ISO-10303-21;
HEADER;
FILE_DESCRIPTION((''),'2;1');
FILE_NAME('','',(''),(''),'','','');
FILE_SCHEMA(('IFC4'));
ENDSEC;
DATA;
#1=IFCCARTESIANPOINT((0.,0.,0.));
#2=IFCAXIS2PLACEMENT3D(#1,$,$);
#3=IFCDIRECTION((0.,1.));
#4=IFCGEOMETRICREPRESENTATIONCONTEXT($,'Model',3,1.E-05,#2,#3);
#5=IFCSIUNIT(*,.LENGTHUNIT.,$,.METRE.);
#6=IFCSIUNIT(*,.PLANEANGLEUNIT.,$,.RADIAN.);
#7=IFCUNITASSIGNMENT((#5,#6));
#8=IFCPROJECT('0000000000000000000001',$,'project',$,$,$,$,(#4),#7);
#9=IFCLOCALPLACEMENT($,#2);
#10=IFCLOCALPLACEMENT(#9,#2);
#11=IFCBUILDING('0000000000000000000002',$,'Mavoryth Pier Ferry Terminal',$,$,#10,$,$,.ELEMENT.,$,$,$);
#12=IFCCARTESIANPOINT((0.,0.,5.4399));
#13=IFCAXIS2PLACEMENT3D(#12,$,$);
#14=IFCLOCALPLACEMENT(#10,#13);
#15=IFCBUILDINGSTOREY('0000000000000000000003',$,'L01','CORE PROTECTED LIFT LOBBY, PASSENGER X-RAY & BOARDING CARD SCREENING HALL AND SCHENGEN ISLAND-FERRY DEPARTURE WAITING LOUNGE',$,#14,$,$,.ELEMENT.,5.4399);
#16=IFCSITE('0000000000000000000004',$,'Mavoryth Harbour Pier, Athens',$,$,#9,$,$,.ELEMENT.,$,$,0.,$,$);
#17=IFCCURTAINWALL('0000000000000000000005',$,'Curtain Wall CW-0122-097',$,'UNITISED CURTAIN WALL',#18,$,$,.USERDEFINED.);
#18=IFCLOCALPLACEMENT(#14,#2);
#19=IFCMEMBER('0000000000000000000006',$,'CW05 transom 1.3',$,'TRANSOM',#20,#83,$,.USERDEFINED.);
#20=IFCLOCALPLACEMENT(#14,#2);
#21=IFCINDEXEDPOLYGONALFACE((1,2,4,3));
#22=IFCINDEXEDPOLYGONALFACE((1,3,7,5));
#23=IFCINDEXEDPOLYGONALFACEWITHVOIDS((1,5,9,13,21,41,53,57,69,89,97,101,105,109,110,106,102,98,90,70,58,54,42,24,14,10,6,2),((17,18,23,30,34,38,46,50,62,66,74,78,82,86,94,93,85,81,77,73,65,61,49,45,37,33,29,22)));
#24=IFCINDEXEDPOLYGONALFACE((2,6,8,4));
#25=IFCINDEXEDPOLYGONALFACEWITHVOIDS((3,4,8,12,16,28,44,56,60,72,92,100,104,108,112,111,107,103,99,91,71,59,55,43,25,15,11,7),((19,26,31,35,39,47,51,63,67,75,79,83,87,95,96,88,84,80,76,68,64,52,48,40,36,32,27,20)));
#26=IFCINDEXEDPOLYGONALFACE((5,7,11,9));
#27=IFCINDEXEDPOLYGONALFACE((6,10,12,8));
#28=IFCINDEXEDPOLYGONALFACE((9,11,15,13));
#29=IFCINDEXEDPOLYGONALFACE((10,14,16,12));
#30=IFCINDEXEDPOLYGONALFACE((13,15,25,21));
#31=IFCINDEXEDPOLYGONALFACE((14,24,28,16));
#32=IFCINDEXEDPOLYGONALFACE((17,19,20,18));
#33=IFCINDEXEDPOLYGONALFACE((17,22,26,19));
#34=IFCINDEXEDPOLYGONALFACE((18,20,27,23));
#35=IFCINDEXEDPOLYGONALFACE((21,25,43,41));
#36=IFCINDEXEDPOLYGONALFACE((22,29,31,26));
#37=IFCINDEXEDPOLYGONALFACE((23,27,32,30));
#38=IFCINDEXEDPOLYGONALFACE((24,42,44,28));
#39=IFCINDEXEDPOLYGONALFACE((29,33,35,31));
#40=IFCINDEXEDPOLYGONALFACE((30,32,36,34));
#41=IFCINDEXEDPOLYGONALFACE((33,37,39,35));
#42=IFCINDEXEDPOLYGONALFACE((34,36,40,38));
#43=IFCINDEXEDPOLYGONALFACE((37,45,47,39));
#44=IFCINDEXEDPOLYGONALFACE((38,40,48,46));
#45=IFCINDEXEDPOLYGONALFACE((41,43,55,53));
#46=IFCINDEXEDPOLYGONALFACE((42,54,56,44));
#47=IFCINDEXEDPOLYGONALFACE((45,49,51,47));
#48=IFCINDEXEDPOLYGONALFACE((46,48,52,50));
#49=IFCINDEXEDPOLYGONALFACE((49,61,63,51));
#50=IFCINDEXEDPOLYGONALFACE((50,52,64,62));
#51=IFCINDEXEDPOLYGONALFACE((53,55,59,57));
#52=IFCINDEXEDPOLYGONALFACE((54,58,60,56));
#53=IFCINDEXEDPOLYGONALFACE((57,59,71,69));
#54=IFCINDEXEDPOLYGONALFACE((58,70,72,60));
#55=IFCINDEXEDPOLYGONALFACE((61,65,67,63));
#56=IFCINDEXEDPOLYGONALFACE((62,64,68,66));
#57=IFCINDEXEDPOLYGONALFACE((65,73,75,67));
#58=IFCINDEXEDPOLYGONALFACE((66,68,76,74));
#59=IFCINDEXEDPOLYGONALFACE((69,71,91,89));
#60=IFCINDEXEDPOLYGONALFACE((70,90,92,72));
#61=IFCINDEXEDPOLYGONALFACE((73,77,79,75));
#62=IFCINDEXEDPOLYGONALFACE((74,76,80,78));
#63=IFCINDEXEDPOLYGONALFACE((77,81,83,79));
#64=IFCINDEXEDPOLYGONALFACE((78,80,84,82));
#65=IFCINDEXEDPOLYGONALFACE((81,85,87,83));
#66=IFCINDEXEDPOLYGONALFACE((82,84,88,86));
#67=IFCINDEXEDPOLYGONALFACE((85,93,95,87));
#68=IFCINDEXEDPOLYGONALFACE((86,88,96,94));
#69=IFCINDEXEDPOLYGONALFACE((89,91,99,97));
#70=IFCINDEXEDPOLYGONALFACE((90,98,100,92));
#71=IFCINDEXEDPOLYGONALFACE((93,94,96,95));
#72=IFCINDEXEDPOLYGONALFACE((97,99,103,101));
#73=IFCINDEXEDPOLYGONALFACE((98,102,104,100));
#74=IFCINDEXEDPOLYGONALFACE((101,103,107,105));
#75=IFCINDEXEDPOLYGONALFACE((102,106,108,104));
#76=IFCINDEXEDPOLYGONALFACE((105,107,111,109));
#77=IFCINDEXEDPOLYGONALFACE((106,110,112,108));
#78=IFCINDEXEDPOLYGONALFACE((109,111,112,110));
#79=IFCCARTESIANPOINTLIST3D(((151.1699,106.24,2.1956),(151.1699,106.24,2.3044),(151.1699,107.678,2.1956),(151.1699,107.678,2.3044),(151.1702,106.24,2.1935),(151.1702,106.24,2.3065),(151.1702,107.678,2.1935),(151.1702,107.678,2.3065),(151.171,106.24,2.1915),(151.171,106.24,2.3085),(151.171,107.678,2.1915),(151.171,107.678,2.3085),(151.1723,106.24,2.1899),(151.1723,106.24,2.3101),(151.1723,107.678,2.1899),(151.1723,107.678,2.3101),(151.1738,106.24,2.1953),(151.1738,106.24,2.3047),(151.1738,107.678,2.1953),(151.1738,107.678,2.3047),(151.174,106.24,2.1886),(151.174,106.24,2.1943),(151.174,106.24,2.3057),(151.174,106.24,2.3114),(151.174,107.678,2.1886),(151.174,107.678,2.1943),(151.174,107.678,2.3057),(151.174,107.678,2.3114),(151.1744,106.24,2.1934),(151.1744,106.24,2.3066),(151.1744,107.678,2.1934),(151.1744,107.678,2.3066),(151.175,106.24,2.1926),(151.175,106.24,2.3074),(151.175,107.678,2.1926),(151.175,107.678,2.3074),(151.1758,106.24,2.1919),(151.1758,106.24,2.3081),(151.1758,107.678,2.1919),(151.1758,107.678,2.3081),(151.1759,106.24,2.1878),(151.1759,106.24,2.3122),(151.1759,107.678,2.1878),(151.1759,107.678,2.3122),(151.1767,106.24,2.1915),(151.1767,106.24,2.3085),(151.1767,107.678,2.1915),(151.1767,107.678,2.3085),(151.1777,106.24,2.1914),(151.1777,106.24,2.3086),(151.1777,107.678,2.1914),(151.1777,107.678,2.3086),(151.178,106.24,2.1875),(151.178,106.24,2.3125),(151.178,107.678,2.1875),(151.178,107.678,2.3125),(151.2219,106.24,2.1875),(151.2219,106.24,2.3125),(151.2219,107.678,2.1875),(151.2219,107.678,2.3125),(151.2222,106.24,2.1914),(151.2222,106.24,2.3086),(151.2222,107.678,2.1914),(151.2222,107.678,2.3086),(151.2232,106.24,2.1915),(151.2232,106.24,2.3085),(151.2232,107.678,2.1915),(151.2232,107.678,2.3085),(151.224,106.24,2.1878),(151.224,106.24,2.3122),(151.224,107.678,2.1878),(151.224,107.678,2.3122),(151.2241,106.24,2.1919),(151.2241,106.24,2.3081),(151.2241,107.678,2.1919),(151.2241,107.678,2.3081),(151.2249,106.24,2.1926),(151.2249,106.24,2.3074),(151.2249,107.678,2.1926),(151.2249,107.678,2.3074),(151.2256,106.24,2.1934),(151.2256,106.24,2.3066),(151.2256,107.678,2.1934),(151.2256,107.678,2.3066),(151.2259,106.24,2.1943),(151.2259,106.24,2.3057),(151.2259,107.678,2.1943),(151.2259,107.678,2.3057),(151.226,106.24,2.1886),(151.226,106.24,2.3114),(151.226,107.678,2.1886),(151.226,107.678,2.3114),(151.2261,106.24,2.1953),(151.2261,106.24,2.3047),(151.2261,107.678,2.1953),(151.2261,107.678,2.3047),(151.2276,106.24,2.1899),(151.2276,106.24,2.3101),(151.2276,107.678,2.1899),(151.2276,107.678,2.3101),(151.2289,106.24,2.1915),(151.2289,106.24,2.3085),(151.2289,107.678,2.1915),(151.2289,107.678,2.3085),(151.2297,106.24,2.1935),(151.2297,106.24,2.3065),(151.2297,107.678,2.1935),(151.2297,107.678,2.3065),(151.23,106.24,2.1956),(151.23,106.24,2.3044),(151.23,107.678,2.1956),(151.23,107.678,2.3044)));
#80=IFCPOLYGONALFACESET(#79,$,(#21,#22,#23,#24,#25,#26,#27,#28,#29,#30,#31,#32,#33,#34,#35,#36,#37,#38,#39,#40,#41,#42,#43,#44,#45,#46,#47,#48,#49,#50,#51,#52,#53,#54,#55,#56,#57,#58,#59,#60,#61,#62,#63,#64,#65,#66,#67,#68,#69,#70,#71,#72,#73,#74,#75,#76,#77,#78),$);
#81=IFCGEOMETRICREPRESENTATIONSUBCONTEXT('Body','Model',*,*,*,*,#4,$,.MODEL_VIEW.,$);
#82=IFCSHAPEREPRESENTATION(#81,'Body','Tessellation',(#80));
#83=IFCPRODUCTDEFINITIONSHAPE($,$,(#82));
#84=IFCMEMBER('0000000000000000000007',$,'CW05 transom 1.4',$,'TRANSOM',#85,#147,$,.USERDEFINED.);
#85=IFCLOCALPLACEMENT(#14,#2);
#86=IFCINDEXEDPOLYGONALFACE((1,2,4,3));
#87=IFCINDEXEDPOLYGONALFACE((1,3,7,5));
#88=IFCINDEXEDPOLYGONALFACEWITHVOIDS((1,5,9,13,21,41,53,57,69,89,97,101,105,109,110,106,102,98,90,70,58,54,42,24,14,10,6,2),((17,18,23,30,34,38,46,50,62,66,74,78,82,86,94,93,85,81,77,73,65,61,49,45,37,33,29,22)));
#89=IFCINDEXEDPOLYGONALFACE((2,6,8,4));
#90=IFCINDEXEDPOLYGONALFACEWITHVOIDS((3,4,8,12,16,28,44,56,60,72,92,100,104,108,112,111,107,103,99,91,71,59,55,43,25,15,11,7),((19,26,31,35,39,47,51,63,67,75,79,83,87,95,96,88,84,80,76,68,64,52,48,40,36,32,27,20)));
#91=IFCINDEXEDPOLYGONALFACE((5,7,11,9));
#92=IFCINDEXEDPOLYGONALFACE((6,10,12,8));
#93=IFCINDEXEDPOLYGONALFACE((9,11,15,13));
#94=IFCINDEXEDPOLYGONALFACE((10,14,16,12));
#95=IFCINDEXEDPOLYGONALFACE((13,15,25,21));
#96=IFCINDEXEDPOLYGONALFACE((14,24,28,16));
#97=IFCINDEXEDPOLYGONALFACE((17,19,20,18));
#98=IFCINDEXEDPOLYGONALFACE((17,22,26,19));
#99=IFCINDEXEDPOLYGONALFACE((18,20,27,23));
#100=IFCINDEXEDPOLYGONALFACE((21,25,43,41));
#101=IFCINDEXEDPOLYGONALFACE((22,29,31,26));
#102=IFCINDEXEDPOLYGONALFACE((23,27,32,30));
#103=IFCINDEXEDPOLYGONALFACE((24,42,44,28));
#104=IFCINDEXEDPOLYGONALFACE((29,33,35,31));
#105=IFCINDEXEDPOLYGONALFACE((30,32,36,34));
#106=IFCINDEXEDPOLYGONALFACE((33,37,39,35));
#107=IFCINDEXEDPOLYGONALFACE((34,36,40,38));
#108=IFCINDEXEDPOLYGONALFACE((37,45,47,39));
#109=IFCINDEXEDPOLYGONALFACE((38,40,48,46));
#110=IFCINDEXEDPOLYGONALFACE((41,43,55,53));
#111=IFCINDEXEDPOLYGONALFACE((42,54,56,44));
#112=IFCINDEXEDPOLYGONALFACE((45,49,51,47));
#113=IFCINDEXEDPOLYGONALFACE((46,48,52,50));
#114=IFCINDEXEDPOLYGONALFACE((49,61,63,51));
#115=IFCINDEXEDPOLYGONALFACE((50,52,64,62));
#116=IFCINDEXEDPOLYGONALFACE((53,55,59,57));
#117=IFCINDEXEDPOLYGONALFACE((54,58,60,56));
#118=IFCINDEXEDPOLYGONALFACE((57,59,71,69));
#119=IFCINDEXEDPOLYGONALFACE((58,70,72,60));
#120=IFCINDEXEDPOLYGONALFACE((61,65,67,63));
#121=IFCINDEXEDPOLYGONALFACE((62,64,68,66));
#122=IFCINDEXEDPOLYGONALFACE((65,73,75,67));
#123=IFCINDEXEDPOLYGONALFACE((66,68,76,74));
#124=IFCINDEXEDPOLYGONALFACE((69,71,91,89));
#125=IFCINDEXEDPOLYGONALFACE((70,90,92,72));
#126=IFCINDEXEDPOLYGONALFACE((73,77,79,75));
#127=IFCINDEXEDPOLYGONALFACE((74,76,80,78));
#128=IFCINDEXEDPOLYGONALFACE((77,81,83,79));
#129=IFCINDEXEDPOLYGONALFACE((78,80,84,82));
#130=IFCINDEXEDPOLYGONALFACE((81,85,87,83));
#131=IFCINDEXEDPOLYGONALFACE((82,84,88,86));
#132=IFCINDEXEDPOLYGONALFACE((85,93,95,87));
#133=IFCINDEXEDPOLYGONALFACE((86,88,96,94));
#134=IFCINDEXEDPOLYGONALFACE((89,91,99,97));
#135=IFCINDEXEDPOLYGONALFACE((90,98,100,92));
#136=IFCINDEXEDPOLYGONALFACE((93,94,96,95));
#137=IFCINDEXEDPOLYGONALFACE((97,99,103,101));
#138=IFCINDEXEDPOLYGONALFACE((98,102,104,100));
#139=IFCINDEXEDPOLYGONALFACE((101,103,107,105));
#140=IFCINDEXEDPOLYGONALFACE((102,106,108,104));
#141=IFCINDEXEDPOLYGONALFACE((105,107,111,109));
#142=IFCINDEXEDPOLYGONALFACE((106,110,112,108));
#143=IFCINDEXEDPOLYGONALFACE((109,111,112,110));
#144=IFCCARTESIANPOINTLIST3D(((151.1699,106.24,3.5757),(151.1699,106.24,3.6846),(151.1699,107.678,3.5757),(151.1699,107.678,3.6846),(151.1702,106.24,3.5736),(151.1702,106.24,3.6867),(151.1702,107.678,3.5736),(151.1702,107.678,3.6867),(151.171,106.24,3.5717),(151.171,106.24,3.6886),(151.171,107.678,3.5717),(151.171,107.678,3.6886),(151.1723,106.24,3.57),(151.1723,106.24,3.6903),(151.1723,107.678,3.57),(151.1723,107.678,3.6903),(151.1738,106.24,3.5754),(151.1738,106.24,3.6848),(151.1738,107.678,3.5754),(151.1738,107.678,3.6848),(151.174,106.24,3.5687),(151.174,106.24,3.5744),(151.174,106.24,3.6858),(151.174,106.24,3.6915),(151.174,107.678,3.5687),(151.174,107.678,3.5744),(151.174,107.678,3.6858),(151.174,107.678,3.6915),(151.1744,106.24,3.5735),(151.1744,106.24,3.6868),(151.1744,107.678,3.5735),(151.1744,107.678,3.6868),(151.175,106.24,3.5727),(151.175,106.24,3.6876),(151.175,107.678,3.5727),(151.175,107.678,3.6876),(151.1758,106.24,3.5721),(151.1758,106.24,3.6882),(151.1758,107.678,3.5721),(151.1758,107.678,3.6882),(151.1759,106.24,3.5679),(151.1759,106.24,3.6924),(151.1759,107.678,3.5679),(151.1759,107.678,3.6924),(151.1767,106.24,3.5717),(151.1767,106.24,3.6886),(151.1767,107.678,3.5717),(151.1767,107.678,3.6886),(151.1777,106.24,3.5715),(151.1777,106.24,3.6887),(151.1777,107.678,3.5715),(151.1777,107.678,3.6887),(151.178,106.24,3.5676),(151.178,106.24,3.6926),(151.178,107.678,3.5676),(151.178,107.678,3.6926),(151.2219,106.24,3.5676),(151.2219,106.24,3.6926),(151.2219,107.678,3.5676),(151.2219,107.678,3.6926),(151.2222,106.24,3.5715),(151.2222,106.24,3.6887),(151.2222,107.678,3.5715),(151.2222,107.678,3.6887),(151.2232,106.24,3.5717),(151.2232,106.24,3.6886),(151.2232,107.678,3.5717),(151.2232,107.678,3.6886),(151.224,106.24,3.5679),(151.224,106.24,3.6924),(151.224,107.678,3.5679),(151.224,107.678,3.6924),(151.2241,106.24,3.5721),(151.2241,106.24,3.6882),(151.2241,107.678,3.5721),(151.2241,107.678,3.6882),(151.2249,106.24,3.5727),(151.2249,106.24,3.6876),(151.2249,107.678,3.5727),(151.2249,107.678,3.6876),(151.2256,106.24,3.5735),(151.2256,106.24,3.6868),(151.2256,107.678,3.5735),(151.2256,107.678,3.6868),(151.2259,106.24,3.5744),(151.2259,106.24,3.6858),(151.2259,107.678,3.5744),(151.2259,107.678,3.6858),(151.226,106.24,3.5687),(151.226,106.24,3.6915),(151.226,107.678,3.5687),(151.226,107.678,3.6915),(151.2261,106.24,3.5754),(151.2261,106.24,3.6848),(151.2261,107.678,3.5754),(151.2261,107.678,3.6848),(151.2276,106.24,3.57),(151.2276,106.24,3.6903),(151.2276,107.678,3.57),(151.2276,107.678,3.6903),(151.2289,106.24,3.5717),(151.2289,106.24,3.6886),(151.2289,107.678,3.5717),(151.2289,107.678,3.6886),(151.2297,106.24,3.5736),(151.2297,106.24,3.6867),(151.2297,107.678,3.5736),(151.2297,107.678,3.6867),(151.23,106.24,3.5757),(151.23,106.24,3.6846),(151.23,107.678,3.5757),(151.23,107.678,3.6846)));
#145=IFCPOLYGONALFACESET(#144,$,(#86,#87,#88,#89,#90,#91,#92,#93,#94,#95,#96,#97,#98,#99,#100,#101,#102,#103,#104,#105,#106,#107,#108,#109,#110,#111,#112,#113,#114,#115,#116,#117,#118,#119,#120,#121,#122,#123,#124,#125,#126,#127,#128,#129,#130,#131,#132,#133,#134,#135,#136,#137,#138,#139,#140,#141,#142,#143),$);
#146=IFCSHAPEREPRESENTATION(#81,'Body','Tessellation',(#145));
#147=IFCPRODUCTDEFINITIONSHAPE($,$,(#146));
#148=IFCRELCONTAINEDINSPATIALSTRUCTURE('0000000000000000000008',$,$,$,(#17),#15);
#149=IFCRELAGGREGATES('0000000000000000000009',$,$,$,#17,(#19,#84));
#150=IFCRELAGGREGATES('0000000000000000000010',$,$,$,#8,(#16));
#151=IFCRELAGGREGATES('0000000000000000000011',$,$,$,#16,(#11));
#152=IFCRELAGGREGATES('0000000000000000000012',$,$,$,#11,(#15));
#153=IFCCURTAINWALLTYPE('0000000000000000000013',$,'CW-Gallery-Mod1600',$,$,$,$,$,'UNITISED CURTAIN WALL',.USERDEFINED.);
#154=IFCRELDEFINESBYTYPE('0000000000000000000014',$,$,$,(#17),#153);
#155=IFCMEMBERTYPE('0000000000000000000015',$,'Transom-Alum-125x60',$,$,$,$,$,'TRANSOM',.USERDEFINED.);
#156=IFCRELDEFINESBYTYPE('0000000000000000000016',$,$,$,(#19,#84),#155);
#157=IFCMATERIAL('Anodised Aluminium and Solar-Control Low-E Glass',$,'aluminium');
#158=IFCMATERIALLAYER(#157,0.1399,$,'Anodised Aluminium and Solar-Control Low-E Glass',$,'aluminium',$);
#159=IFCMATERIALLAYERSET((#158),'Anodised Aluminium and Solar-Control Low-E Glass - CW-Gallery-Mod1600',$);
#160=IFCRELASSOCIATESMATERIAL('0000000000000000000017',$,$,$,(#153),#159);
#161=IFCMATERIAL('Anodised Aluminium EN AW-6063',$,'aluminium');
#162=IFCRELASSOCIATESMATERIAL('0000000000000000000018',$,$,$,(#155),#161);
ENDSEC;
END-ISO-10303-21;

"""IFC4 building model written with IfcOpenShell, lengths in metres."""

from ifc_helpers import new_model, si_unit, direction, frame, origin, origin_2d, place, context, subcontext, project, spatial, hollow_rectangle, extrude, material, layer, layer_set, material_profile, profile_set, type_object, element, aggregate, save


model = new_model("IFC4")

# Units and contexts
model_context = context("Model", 3, precision=1e-05, world=origin(), true_north=direction((0.0, 1.0)))
body_context = subcontext(model_context, "Body", "Model", "MODEL_VIEW")
ifc_project = project(units=[si_unit("LENGTHUNIT", "METRE"), si_unit("PLANEANGLEUNIT", "RADIAN")], contexts=[model_context])

# Site, building, storey
site_placement = place(None, origin())
site = spatial("IfcSite", under=ifc_project, at=site_placement, Name="Mavoryth Harbour Pier, Athens", CompositionType="ELEMENT", RefElevation=0.0)
building_placement = place(site_placement, origin())
building = spatial("IfcBuilding", under=site, at=building_placement, Name="Mavoryth Pier Ferry Terminal", CompositionType="ELEMENT")
storey_placement = place(building_placement, frame((0.0, 0.0, 5.4399)))
storey = spatial("IfcBuildingStorey", under=building, at=storey_placement, Name="L01", Description="CORE PROTECTED LIFT LOBBY, PASSENGER X-RAY & BOARDING CARD SCREENING HALL AND SCHENGEN ISLAND-FERRY DEPARTURE WAITING LOUNGE", CompositionType="ELEMENT", Elevation=5.4399)

# Curtain wall
ifc_material_1 = material(Name="Anodised Aluminium and Solar-Control Low-E Glass", Category="aluminium")
ifc_layer_1 = layer(ifc_material_1, 0.1399, Name="Anodised Aluminium and Solar-Control Low-E Glass", Category="aluminium")
ifc_layer_set_1 = layer_set([ifc_layer_1], Name="Anodised Aluminium and Solar-Control Low-E Glass - CW-Gallery-Mod1600")
curtain_wall_type = type_object("IfcCurtainWallType", Name="CW-Gallery-Mod1600", ElementType="UNITISED CURTAIN WALL", PredefinedType="USERDEFINED", material=ifc_layer_set_1)
ifc_material_2 = material(Name="Anodised Aluminium EN AW-6063", Category="aluminium")
curtain_wall_1_placement = place(storey_placement, origin())
curtain_wall_1 = element("IfcCurtainWall", 1, at=curtain_wall_1_placement, inside=storey, type_object=curtain_wall_type, Name="Curtain Wall CW-0122-097", ObjectType="UNITISED CURTAIN WALL", PredefinedType="USERDEFINED")

# Members
ifc_material_profile_1 = material_profile(ifc_material_2, hollow_rectangle(XDim=0.0601, YDim=0.125, WallThickness=0.0039, InnerFilletRadius=0.0039, OuterFilletRadius=0.0081, at=origin_2d()), Name="AL-TRAN 125x60x4", Category="aluminium")
ifc_profile_set_1 = profile_set([ifc_material_profile_1], Name="Anodised Aluminium EN AW-6063 - AL-TRAN 125x60x4")
member_type_1 = type_object("IfcMemberType", Name="Transom-Alum-125x60", ElementType="TRANSOM", PredefinedType="USERDEFINED", material=ifc_profile_set_1)
member_1_placement = place(storey_placement, frame((151.2, 106.24, 2.25), z_axis=(0.0, 1.0, 0.0), x_axis=(-1.0, 0.0, 0.0)))
member_1 = element("IfcMember", 2, at=member_1_placement, type_object=member_type_1, Name="CW05 transom 1.3", ObjectType="TRANSOM", PredefinedType="USERDEFINED", context=body_context, shape_type="SweptSolid", body=[
    extrude(hollow_rectangle(XDim=0.0601, YDim=0.125, WallThickness=0.0039, InnerFilletRadius=0.0039, OuterFilletRadius=0.0081, at=origin_2d()), origin(), (0.0, 0.0, 1.0), 1.438),
])
member_2_placement = place(storey_placement, frame((151.2, 106.24, 3.6301), z_axis=(0.0, 1.0, 0.0), x_axis=(-1.0, 0.0, 0.0)))
member_2 = element("IfcMember", 3, at=member_2_placement, type_object=member_type_1, Name="CW05 transom 1.4", ObjectType="TRANSOM", PredefinedType="USERDEFINED", context=body_context, shape_type="SweptSolid", body=[
    extrude(hollow_rectangle(XDim=0.0601, YDim=0.125, WallThickness=0.0039, InnerFilletRadius=0.0039, OuterFilletRadius=0.0081, at=origin_2d()), origin(), (0.0, 0.0, 1.0), 1.438),
])

aggregate(curtain_wall_1, [member_1, member_2])

save(model, "model.ifc")
